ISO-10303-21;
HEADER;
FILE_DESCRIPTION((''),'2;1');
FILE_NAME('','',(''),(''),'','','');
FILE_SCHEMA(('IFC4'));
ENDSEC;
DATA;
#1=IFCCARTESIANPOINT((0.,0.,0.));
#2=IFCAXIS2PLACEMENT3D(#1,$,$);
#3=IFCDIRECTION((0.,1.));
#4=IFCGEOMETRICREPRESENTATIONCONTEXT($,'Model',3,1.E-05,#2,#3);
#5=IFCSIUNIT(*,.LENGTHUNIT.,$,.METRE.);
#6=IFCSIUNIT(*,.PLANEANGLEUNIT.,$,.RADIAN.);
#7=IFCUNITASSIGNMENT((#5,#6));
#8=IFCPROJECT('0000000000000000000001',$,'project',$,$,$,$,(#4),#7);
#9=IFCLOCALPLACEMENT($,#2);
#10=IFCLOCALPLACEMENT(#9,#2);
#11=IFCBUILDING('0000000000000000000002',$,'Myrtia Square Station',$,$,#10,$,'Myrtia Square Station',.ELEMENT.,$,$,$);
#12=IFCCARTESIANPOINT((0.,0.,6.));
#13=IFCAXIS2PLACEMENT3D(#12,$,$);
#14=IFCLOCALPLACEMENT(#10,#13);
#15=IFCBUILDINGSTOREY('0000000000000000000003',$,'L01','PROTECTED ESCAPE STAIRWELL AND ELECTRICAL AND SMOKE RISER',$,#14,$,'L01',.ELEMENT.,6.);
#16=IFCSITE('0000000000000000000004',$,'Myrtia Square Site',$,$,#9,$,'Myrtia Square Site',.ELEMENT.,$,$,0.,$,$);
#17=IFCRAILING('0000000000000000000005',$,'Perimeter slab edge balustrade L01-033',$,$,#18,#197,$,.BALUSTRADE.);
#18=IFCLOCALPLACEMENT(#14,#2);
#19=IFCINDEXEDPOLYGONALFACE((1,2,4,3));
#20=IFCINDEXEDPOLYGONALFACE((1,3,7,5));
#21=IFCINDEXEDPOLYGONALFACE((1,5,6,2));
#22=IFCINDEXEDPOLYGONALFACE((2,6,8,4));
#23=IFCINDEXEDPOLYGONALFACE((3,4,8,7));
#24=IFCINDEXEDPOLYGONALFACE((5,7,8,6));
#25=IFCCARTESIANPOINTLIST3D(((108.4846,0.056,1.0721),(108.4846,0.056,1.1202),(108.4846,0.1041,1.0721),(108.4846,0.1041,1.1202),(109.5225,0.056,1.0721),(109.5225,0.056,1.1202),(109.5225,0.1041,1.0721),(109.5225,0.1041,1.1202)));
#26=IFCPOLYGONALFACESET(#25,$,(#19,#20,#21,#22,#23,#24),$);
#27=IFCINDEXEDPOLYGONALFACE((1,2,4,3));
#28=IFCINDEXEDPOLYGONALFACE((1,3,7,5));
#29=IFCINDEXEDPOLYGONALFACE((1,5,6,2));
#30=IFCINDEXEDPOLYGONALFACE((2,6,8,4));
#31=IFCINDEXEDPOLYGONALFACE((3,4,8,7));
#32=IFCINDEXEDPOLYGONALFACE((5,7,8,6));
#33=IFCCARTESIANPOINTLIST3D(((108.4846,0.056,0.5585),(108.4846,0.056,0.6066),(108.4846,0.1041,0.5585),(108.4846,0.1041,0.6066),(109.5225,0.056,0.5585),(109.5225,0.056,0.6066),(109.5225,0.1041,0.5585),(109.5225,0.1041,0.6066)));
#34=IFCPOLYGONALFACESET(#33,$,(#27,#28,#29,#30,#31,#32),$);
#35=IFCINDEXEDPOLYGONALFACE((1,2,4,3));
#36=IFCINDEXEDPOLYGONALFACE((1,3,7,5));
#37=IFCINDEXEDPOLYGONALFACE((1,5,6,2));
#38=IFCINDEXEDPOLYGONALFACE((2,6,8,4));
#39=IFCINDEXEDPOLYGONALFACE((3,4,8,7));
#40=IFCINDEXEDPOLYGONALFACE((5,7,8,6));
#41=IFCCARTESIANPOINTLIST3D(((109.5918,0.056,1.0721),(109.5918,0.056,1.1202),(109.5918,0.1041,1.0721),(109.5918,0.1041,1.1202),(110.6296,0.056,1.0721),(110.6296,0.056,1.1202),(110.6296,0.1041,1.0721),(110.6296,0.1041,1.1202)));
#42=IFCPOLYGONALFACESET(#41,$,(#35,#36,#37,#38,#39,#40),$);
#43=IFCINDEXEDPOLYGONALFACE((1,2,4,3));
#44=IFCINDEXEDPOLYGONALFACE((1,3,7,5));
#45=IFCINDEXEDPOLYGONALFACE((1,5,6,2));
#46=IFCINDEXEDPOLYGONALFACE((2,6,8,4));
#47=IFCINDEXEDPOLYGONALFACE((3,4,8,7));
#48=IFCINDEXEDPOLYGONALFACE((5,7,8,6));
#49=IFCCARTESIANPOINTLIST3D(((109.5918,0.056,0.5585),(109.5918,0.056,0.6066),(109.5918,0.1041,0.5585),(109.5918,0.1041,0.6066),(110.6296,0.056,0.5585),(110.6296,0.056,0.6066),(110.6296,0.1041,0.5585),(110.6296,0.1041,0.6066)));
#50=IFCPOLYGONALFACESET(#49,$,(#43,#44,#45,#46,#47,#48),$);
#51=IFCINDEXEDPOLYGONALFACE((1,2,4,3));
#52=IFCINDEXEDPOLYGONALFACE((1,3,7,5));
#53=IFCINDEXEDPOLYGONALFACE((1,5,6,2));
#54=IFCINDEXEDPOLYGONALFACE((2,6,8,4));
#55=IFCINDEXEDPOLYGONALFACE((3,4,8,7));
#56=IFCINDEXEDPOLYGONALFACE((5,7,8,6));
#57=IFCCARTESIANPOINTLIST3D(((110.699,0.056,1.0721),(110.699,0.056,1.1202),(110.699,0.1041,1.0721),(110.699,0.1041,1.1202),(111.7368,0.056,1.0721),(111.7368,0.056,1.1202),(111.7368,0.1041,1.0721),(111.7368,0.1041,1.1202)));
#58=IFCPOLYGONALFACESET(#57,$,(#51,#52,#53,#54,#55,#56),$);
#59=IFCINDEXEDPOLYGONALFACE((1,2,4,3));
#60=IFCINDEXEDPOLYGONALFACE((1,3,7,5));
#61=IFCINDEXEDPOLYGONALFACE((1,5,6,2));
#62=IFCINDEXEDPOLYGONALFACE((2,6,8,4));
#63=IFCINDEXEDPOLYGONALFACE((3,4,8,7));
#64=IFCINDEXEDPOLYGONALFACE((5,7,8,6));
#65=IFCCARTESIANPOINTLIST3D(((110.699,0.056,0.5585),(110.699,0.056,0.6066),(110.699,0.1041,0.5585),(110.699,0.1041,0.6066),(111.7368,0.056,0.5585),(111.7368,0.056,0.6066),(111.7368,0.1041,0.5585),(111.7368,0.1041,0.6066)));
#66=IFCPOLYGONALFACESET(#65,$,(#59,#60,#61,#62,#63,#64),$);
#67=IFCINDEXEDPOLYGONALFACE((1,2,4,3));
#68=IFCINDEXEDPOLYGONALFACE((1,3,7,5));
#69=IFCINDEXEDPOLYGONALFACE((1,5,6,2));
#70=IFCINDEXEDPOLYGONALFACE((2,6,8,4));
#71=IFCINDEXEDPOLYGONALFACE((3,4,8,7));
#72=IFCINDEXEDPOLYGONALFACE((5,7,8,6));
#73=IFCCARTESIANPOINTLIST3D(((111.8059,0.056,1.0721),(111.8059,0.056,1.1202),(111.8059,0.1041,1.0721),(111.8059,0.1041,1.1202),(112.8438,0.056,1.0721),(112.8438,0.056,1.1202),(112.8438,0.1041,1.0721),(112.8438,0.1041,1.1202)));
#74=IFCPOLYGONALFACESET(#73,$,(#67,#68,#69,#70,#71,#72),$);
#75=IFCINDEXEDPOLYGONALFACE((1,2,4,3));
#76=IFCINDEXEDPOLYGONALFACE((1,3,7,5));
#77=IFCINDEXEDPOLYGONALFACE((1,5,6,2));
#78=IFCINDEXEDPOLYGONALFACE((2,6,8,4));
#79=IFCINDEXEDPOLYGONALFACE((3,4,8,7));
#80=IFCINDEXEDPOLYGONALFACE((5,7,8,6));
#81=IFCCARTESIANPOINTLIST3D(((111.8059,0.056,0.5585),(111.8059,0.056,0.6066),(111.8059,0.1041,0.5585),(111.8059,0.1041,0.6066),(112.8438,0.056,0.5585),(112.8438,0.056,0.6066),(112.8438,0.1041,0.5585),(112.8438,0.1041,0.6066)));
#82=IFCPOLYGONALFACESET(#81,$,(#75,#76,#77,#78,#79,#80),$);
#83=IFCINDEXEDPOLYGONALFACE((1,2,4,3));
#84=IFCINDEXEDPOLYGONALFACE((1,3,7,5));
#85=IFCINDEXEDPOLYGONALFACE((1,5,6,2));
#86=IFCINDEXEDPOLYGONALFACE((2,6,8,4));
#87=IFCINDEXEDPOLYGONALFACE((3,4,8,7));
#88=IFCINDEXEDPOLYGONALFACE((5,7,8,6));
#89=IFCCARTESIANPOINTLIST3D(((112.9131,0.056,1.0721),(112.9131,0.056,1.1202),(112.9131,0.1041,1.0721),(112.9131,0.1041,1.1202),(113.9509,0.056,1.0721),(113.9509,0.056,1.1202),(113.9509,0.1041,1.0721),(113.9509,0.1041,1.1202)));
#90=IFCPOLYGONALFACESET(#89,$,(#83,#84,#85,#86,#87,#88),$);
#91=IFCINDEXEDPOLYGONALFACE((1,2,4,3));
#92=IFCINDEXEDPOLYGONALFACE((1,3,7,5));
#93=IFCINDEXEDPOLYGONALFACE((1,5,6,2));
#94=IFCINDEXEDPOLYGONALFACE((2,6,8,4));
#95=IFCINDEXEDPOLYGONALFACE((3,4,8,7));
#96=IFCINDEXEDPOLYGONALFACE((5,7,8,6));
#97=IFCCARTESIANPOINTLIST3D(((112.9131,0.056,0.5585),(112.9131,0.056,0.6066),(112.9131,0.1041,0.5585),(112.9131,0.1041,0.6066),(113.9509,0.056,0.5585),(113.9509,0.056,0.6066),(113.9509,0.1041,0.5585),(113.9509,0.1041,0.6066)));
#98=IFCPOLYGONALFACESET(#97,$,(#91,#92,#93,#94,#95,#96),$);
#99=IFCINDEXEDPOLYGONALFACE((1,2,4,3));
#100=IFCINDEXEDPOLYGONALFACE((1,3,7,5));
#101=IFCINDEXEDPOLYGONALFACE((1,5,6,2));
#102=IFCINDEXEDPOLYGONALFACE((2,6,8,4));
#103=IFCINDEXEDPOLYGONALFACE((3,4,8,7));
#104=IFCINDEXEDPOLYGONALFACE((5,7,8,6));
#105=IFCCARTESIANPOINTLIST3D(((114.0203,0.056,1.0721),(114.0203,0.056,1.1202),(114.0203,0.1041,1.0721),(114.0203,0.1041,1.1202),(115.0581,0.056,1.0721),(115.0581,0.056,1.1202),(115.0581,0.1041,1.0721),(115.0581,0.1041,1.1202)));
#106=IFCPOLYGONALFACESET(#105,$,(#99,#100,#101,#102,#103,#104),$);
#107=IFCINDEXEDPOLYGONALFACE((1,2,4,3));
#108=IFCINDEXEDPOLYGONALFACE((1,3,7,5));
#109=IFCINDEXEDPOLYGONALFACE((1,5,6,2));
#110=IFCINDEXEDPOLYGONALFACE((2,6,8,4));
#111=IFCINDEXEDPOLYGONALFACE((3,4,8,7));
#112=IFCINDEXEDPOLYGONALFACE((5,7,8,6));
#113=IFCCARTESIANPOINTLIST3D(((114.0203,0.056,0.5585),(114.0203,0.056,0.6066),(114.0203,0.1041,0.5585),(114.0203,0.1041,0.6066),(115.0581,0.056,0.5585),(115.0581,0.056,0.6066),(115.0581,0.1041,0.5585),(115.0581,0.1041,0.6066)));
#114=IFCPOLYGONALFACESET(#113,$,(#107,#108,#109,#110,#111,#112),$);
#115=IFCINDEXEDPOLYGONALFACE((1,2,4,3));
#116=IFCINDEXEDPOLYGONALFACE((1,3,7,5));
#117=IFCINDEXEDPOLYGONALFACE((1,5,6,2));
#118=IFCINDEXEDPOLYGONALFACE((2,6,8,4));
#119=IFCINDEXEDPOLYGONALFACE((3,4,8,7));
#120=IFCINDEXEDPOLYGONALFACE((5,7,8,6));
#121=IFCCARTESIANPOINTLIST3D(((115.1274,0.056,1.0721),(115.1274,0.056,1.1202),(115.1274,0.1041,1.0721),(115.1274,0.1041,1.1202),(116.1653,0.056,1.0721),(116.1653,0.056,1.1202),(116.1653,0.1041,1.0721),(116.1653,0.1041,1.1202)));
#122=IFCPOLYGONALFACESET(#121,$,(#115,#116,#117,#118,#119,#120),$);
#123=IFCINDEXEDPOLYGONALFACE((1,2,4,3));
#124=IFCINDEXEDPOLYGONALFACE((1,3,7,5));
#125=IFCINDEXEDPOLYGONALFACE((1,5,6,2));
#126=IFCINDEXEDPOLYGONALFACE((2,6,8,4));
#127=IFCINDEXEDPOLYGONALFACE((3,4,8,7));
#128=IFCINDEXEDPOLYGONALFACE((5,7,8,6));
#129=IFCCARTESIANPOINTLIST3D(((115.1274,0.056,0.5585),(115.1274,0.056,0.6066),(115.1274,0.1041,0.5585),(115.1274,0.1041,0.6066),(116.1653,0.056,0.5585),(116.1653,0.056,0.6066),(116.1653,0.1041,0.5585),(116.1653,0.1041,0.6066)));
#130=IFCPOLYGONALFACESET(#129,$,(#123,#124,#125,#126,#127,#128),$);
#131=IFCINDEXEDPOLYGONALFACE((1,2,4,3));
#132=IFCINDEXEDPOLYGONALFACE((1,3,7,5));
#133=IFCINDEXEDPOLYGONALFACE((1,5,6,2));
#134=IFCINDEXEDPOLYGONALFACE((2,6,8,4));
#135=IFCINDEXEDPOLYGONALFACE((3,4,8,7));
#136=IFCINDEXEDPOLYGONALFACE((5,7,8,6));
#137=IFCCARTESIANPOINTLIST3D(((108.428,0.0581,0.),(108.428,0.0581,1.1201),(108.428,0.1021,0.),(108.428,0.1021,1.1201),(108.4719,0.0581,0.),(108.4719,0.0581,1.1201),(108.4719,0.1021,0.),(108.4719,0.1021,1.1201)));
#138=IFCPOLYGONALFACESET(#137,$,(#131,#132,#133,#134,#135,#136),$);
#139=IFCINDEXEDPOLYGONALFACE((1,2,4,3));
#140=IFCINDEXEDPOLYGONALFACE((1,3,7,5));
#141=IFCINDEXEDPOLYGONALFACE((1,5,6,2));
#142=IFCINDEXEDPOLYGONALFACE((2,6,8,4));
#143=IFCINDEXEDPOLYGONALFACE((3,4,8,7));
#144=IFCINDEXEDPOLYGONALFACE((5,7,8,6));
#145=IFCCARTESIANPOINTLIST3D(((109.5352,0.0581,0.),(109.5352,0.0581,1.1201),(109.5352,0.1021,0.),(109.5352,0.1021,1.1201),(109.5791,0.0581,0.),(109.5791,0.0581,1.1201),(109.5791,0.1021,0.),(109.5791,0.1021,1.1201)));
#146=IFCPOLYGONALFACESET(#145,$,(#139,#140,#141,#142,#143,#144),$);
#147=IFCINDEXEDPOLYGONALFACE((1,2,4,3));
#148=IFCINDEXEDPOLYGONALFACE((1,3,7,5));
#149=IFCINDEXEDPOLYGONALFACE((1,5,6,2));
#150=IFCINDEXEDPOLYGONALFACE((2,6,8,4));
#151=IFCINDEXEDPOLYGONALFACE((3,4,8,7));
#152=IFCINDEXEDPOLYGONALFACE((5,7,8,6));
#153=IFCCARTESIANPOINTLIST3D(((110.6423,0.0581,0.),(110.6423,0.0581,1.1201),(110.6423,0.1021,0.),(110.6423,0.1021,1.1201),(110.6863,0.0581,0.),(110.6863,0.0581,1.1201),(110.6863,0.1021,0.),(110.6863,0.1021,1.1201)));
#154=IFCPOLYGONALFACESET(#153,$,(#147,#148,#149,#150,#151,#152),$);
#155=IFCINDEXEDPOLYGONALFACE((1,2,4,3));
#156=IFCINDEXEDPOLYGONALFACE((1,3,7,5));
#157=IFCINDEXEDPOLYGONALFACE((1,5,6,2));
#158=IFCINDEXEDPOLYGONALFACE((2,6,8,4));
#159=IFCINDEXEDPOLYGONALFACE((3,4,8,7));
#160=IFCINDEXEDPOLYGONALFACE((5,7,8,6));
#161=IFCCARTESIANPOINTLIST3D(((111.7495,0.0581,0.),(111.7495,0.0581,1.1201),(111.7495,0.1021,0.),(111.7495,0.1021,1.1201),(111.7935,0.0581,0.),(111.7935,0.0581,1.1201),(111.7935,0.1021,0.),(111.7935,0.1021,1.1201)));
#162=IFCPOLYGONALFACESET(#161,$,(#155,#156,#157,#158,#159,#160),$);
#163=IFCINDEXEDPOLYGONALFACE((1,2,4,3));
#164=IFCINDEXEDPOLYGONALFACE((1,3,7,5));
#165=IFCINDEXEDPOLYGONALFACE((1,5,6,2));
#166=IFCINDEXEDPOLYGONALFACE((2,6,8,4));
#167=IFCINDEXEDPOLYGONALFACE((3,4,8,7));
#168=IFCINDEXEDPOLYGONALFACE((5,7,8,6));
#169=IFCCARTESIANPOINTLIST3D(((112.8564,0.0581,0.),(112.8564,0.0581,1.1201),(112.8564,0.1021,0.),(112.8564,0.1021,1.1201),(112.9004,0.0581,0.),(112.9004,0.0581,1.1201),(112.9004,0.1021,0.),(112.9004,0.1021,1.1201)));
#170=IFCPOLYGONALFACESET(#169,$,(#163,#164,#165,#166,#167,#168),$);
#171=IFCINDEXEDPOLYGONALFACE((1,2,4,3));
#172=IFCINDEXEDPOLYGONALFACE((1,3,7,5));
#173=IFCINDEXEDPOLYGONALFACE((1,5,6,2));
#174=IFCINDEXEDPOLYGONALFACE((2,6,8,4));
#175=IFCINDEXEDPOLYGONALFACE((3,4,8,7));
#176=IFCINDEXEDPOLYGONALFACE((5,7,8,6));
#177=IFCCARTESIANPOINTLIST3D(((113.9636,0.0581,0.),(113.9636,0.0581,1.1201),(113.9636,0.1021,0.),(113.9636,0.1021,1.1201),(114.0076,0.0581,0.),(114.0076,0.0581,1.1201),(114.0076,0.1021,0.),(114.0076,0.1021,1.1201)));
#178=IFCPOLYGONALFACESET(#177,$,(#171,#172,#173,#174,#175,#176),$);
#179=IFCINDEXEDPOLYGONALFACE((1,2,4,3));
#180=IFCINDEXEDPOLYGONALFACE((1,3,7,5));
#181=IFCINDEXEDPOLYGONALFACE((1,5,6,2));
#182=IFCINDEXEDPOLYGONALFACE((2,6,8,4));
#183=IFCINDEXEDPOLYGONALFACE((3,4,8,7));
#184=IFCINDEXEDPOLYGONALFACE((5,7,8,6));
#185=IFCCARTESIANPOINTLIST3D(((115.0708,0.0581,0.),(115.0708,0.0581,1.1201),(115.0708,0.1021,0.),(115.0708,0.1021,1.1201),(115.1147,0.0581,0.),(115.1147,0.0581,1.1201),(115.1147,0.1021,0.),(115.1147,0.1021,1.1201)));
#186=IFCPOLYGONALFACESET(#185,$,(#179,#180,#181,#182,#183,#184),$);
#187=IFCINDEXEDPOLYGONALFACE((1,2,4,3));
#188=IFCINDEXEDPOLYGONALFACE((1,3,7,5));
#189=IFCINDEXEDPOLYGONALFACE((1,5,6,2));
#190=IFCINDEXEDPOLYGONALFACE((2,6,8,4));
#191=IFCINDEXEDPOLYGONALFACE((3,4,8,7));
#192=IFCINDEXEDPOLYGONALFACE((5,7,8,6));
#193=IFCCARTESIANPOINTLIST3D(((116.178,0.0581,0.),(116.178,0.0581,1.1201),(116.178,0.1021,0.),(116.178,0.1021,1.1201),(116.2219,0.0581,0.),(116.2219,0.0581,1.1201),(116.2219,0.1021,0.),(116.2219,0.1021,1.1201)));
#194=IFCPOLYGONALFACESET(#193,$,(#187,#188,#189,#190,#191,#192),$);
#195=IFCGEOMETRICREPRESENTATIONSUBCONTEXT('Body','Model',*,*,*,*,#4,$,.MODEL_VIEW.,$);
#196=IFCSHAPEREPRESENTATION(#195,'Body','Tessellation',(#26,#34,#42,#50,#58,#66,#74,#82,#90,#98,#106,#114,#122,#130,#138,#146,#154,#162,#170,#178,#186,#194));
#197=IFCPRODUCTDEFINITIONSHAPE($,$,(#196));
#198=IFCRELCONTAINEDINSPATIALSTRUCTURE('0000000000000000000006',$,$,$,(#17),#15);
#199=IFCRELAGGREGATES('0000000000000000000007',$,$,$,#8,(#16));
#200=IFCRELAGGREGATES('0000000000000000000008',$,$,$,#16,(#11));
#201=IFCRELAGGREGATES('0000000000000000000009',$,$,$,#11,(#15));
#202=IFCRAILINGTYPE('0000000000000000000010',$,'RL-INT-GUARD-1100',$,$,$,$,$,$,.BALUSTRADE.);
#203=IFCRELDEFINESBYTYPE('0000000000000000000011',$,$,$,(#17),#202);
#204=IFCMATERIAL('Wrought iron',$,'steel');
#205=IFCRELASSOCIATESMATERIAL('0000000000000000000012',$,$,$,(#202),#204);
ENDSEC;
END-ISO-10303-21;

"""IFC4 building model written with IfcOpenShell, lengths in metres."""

from ifc_helpers import new_model, si_unit, direction, frame, origin, origin_2d, place, context, subcontext, project, spatial, rectangle, extrude, material, type_object, element, save


model = new_model("IFC4")

# Units and contexts
model_context = context("Model", 3, precision=1e-05, world=origin(), true_north=direction((0.0, 1.0)))
body_context = subcontext(model_context, "Body", "Model", "MODEL_VIEW")
ifc_project = project(units=[si_unit("LENGTHUNIT", "METRE"), si_unit("PLANEANGLEUNIT", "RADIAN")], contexts=[model_context])

# Site, building, storey
site_placement = place(None, origin())
site = spatial("IfcSite", under=ifc_project, at=site_placement, Name="Myrtia Square Site", LongName="Myrtia Square Site", CompositionType="ELEMENT", RefElevation=0.0)
building_placement = place(site_placement, origin())
building = spatial("IfcBuilding", under=site, at=building_placement, Name="Myrtia Square Station", LongName="Myrtia Square Station", CompositionType="ELEMENT")
storey_placement = place(building_placement, frame((0.0, 0.0, 6.0)))
storey = spatial("IfcBuildingStorey", under=building, at=storey_placement, Name="L01", Description="PROTECTED ESCAPE STAIRWELL AND ELECTRICAL AND SMOKE RISER", LongName="L01", CompositionType="ELEMENT", Elevation=6.0)

# Railing
ifc_material_1 = material(Name="Wrought iron", Category="steel")
railing_type = type_object("IfcRailingType", Name="RL-INT-GUARD-1100", PredefinedType="BALUSTRADE", material=ifc_material_1)
railing_1_placement = place(storey_placement, frame((108.45, 0.0801, 0.0)))
element("IfcRailing", 1, at=railing_1_placement, inside=storey, type_object=railing_type, Name="Perimeter slab edge balustrade L01-033", PredefinedType="BALUSTRADE", context=body_context, shape_type="SweptSolid", body=[
    extrude(rectangle(XDim=0.0481, YDim=0.0481, at=origin_2d()), frame((0.0347, 0.0, 1.0962), z_axis=(1.0, 0.0, 0.0), x_axis=(0.0, 1.0, 0.0)), (0.0, 0.0, 1.0), 1.0378),
    extrude(rectangle(XDim=0.0481, YDim=0.0481, at=origin_2d()), frame((0.0347, 0.0, 0.5825), z_axis=(1.0, 0.0, 0.0), x_axis=(0.0, 1.0, 0.0)), (0.0, 0.0, 1.0), 1.0378),
    extrude(rectangle(XDim=0.0481, YDim=0.0481, at=origin_2d()), frame((1.1418, 0.0, 1.0962), z_axis=(1.0, 0.0, 0.0), x_axis=(0.0, 1.0, 0.0)), (0.0, 0.0, 1.0), 1.0378),
    extrude(rectangle(XDim=0.0481, YDim=0.0481, at=origin_2d()), frame((1.1418, 0.0, 0.5825), z_axis=(1.0, 0.0, 0.0), x_axis=(0.0, 1.0, 0.0)), (0.0, 0.0, 1.0), 1.0378),
    extrude(rectangle(XDim=0.0481, YDim=0.0481, at=origin_2d()), frame((2.249, 0.0, 1.0962), z_axis=(1.0, 0.0, 0.0), x_axis=(0.0, 1.0, 0.0)), (0.0, 0.0, 1.0), 1.0378),
    extrude(rectangle(XDim=0.0481, YDim=0.0481, at=origin_2d()), frame((2.249, 0.0, 0.5825), z_axis=(1.0, 0.0, 0.0), x_axis=(0.0, 1.0, 0.0)), (0.0, 0.0, 1.0), 1.0378),
    extrude(rectangle(XDim=0.0481, YDim=0.0481, at=origin_2d()), frame((3.356, 0.0, 1.0962), z_axis=(1.0, 0.0, 0.0), x_axis=(0.0, 1.0, 0.0)), (0.0, 0.0, 1.0), 1.0378),
    extrude(rectangle(XDim=0.0481, YDim=0.0481, at=origin_2d()), frame((3.356, 0.0, 0.5825), z_axis=(1.0, 0.0, 0.0), x_axis=(0.0, 1.0, 0.0)), (0.0, 0.0, 1.0), 1.0378),
    extrude(rectangle(XDim=0.0481, YDim=0.0481, at=origin_2d()), frame((4.4631, 0.0, 1.0962), z_axis=(1.0, 0.0, 0.0), x_axis=(0.0, 1.0, 0.0)), (0.0, 0.0, 1.0), 1.0378),
    extrude(rectangle(XDim=0.0481, YDim=0.0481, at=origin_2d()), frame((4.4631, 0.0, 0.5825), z_axis=(1.0, 0.0, 0.0), x_axis=(0.0, 1.0, 0.0)), (0.0, 0.0, 1.0), 1.0378),
    extrude(rectangle(XDim=0.0481, YDim=0.0481, at=origin_2d()), frame((5.5703, 0.0, 1.0962), z_axis=(1.0, 0.0, 0.0), x_axis=(0.0, 1.0, 0.0)), (0.0, 0.0, 1.0), 1.0378),
    extrude(rectangle(XDim=0.0481, YDim=0.0481, at=origin_2d()), frame((5.5703, 0.0, 0.5825), z_axis=(1.0, 0.0, 0.0), x_axis=(0.0, 1.0, 0.0)), (0.0, 0.0, 1.0), 1.0378),
    extrude(rectangle(XDim=0.0481, YDim=0.0481, at=origin_2d()), frame((6.6775, 0.0, 1.0962), z_axis=(1.0, 0.0, 0.0), x_axis=(0.0, 1.0, 0.0)), (0.0, 0.0, 1.0), 1.0378),
    extrude(rectangle(XDim=0.0481, YDim=0.0481, at=origin_2d()), frame((6.6775, 0.0, 0.5825), z_axis=(1.0, 0.0, 0.0), x_axis=(0.0, 1.0, 0.0)), (0.0, 0.0, 1.0), 1.0378),
    extrude(rectangle(XDim=0.0439, YDim=0.0439, at=origin_2d()), origin(), (0.0, 0.0, 1.0), 1.1201),
    extrude(rectangle(XDim=0.0439, YDim=0.0439, at=origin_2d()), frame((1.1072, 0.0, 0.0)), (0.0, 0.0, 1.0), 1.1201),
    extrude(rectangle(XDim=0.0439, YDim=0.0439, at=origin_2d()), frame((2.2144, 0.0, 0.0)), (0.0, 0.0, 1.0), 1.1201),
    extrude(rectangle(XDim=0.0439, YDim=0.0439, at=origin_2d()), frame((3.3215, 0.0, 0.0)), (0.0, 0.0, 1.0), 1.1201),
    extrude(rectangle(XDim=0.0439, YDim=0.0439, at=origin_2d()), frame((4.4285, 0.0, 0.0)), (0.0, 0.0, 1.0), 1.1201),
    extrude(rectangle(XDim=0.0439, YDim=0.0439, at=origin_2d()), frame((5.5356, 0.0, 0.0)), (0.0, 0.0, 1.0), 1.1201),
    extrude(rectangle(XDim=0.0439, YDim=0.0439, at=origin_2d()), frame((6.6428, 0.0, 0.0)), (0.0, 0.0, 1.0), 1.1201),
    extrude(rectangle(XDim=0.0439, YDim=0.0439, at=origin_2d()), frame((7.75, 0.0, 0.0)), (0.0, 0.0, 1.0), 1.1201),
])

save(model, "model.ifc")
